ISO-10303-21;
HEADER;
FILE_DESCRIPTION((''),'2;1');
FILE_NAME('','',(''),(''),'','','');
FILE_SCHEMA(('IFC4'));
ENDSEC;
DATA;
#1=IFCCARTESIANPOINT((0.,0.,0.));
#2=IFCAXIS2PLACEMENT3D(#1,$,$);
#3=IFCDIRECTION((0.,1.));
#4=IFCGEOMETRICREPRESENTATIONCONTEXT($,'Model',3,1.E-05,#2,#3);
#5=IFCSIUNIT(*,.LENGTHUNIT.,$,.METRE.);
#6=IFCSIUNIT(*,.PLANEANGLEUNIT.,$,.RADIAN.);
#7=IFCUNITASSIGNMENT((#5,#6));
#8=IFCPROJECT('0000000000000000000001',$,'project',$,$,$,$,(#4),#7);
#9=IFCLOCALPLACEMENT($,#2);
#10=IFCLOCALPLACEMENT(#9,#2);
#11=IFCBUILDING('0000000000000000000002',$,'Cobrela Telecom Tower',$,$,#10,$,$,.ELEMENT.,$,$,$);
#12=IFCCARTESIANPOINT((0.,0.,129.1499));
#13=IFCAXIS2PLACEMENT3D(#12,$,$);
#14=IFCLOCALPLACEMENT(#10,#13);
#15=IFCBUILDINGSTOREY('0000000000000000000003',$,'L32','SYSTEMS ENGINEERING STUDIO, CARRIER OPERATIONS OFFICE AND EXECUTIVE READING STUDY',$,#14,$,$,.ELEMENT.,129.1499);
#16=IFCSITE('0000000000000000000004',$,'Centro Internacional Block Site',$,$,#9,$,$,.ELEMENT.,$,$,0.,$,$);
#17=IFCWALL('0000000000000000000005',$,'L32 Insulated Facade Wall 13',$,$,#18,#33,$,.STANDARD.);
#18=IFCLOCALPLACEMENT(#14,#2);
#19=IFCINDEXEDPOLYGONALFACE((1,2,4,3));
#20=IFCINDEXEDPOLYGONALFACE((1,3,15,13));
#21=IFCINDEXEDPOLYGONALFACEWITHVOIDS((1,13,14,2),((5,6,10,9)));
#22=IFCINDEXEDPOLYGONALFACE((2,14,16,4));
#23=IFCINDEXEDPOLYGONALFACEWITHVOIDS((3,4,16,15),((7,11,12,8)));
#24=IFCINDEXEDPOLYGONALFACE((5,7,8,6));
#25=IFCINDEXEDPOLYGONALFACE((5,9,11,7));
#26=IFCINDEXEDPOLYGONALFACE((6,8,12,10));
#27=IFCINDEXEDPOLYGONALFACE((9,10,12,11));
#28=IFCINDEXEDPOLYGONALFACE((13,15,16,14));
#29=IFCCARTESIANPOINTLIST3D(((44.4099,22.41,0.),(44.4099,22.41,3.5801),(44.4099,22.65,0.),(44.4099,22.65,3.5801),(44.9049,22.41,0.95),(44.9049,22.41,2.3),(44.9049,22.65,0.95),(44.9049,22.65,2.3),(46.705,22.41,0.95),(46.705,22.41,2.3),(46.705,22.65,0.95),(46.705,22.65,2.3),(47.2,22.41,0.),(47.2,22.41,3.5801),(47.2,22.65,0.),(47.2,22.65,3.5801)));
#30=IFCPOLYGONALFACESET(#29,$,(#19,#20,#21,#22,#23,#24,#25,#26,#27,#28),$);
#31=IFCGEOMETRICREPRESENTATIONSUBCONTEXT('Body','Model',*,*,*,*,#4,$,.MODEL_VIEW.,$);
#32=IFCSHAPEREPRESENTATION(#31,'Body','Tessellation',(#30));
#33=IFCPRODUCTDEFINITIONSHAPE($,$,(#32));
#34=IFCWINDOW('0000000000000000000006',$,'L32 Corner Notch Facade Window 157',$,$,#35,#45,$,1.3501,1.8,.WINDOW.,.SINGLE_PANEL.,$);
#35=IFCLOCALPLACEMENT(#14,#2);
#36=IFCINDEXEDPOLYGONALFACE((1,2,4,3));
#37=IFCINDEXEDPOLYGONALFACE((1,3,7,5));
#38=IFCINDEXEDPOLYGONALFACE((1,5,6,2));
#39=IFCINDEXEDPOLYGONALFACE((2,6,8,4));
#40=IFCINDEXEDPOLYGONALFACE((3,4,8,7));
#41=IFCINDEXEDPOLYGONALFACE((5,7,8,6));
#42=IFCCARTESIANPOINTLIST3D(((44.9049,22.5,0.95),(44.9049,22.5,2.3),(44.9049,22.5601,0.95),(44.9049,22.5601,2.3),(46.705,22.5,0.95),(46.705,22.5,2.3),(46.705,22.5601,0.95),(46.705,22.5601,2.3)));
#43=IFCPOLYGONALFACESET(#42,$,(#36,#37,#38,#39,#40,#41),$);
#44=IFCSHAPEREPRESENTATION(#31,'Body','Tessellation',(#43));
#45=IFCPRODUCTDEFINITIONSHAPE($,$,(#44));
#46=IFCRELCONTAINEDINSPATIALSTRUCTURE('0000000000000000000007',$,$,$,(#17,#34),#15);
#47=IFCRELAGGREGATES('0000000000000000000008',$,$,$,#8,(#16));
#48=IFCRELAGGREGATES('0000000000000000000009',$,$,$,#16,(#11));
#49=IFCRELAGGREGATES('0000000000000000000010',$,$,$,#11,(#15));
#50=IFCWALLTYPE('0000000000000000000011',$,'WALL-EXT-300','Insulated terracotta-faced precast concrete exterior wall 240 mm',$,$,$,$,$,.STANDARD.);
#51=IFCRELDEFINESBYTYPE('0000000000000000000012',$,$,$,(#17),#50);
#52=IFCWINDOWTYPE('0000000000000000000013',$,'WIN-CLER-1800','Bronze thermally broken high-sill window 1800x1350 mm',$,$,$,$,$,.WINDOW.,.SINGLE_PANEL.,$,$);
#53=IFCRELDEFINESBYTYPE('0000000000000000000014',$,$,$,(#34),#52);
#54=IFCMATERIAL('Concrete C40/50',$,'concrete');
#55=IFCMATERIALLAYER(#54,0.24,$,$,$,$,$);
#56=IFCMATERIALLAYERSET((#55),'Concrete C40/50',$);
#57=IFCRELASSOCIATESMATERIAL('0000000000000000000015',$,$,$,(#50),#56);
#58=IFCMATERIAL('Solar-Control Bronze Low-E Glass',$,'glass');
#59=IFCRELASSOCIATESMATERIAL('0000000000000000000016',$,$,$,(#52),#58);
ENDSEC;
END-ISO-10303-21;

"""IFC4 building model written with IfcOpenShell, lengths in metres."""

from ifc_helpers import new_model, si_unit, direction, frame, frame_2d, origin, place, context, subcontext, project, spatial, rectangle, extrude, material, layer, layer_set, type_object, element, fill, save


model = new_model("IFC4")

# Units and contexts
model_context = context("Model", 3, precision=1e-05, world=origin(), true_north=direction((0.0, 1.0)))
body_context = subcontext(model_context, "Body", "Model", "MODEL_VIEW")
ifc_project = project(units=[si_unit("LENGTHUNIT", "METRE"), si_unit("PLANEANGLEUNIT", "RADIAN")], contexts=[model_context])

# Site, building, storey
site_placement = place(None, origin())
site = spatial("IfcSite", under=ifc_project, at=site_placement, Name="Centro Internacional Block Site", CompositionType="ELEMENT", RefElevation=0.0)
building_placement = place(site_placement, origin())
building = spatial("IfcBuilding", under=site, at=building_placement, Name="Cobrela Telecom Tower", CompositionType="ELEMENT")
storey_placement = place(building_placement, frame((0.0, 0.0, 129.1499)))
storey = spatial("IfcBuildingStorey", under=building, at=storey_placement, Name="L32", Description="SYSTEMS ENGINEERING STUDIO, CARRIER OPERATIONS OFFICE AND EXECUTIVE READING STUDY", CompositionType="ELEMENT", Elevation=129.1499)

# Shared definitions
ifc_material_1 = material(Name="Solar-Control Bronze Low-E Glass", Category="glass")

# Wall, opening, window
ifc_material_2 = material(Name="Concrete C40/50", Category="concrete")
ifc_layer_1 = layer(ifc_material_2, 0.24)
ifc_layer_set_1 = layer_set([ifc_layer_1], Name="Concrete C40/50")
wall_type = type_object("IfcWallType", Name="WALL-EXT-300", Description="Insulated terracotta-faced precast concrete exterior wall 240 mm", PredefinedType="STANDARD", material=ifc_layer_set_1)
wall_1_placement = place(storey_placement, frame((44.4099, 22.53, 0.0), z_axis=(0.0, 0.0, 1.0), x_axis=(1.0, 0.0, 0.0)))
wall_1 = element("IfcWall", 1, at=wall_1_placement, inside=storey, type_object=wall_type, Name="L32 Insulated Facade Wall 13", PredefinedType="STANDARD", context=body_context, shape_type="SweptSolid", body=[
    extrude(rectangle(XDim=2.79, YDim=0.24, at=frame_2d((1.395, 0.0))), origin(), (0.0, 0.0, 1.0), 3.5801),
])
opening_1_placement = place(wall_1_placement, frame((0.4951, 0.0, 0.95)))
opening_1 = element("IfcOpeningElement", 2, at=opening_1_placement, cuts=wall_1, PredefinedType="OPENING", context=body_context, shape_type="SweptSolid", body=[
    extrude(rectangle(XDim=1.8, YDim=1.3501, at=frame_2d((0.8999, 0.675))), frame((0.0, 0.1318, 0.0), z_axis=(0.0, -1.0, 0.0), x_axis=(1.0, 0.0, 0.0)), (0.0, 0.0, 1.0), 0.2639),
])
window_type_1 = type_object("IfcWindowType", Name="WIN-CLER-1800", Description="Bronze thermally broken high-sill window 1800x1350 mm", PartitioningType="SINGLE_PANEL", PredefinedType="WINDOW", material=ifc_material_1)
window_1_placement = place(opening_1_placement, origin())
window_1 = element("IfcWindow", 3, at=window_1_placement, inside=storey, type_object=window_type_1, Name="L32 Corner Notch Facade Window 157", OverallHeight=1.3501, OverallWidth=1.8, PartitioningType="SINGLE_PANEL", PredefinedType="WINDOW", context=body_context, shape_type="SweptSolid", body=[
    extrude(rectangle(XDim=1.8, YDim=1.3501, at=frame_2d((0.8999, 0.675))), frame((0.0, 0.03, 0.0), z_axis=(0.0, -1.0, 0.0), x_axis=(1.0, 0.0, 0.0)), (0.0, 0.0, 1.0), 0.0601),
])
fill(opening_1, window_1)

save(model, "model.ifc")
